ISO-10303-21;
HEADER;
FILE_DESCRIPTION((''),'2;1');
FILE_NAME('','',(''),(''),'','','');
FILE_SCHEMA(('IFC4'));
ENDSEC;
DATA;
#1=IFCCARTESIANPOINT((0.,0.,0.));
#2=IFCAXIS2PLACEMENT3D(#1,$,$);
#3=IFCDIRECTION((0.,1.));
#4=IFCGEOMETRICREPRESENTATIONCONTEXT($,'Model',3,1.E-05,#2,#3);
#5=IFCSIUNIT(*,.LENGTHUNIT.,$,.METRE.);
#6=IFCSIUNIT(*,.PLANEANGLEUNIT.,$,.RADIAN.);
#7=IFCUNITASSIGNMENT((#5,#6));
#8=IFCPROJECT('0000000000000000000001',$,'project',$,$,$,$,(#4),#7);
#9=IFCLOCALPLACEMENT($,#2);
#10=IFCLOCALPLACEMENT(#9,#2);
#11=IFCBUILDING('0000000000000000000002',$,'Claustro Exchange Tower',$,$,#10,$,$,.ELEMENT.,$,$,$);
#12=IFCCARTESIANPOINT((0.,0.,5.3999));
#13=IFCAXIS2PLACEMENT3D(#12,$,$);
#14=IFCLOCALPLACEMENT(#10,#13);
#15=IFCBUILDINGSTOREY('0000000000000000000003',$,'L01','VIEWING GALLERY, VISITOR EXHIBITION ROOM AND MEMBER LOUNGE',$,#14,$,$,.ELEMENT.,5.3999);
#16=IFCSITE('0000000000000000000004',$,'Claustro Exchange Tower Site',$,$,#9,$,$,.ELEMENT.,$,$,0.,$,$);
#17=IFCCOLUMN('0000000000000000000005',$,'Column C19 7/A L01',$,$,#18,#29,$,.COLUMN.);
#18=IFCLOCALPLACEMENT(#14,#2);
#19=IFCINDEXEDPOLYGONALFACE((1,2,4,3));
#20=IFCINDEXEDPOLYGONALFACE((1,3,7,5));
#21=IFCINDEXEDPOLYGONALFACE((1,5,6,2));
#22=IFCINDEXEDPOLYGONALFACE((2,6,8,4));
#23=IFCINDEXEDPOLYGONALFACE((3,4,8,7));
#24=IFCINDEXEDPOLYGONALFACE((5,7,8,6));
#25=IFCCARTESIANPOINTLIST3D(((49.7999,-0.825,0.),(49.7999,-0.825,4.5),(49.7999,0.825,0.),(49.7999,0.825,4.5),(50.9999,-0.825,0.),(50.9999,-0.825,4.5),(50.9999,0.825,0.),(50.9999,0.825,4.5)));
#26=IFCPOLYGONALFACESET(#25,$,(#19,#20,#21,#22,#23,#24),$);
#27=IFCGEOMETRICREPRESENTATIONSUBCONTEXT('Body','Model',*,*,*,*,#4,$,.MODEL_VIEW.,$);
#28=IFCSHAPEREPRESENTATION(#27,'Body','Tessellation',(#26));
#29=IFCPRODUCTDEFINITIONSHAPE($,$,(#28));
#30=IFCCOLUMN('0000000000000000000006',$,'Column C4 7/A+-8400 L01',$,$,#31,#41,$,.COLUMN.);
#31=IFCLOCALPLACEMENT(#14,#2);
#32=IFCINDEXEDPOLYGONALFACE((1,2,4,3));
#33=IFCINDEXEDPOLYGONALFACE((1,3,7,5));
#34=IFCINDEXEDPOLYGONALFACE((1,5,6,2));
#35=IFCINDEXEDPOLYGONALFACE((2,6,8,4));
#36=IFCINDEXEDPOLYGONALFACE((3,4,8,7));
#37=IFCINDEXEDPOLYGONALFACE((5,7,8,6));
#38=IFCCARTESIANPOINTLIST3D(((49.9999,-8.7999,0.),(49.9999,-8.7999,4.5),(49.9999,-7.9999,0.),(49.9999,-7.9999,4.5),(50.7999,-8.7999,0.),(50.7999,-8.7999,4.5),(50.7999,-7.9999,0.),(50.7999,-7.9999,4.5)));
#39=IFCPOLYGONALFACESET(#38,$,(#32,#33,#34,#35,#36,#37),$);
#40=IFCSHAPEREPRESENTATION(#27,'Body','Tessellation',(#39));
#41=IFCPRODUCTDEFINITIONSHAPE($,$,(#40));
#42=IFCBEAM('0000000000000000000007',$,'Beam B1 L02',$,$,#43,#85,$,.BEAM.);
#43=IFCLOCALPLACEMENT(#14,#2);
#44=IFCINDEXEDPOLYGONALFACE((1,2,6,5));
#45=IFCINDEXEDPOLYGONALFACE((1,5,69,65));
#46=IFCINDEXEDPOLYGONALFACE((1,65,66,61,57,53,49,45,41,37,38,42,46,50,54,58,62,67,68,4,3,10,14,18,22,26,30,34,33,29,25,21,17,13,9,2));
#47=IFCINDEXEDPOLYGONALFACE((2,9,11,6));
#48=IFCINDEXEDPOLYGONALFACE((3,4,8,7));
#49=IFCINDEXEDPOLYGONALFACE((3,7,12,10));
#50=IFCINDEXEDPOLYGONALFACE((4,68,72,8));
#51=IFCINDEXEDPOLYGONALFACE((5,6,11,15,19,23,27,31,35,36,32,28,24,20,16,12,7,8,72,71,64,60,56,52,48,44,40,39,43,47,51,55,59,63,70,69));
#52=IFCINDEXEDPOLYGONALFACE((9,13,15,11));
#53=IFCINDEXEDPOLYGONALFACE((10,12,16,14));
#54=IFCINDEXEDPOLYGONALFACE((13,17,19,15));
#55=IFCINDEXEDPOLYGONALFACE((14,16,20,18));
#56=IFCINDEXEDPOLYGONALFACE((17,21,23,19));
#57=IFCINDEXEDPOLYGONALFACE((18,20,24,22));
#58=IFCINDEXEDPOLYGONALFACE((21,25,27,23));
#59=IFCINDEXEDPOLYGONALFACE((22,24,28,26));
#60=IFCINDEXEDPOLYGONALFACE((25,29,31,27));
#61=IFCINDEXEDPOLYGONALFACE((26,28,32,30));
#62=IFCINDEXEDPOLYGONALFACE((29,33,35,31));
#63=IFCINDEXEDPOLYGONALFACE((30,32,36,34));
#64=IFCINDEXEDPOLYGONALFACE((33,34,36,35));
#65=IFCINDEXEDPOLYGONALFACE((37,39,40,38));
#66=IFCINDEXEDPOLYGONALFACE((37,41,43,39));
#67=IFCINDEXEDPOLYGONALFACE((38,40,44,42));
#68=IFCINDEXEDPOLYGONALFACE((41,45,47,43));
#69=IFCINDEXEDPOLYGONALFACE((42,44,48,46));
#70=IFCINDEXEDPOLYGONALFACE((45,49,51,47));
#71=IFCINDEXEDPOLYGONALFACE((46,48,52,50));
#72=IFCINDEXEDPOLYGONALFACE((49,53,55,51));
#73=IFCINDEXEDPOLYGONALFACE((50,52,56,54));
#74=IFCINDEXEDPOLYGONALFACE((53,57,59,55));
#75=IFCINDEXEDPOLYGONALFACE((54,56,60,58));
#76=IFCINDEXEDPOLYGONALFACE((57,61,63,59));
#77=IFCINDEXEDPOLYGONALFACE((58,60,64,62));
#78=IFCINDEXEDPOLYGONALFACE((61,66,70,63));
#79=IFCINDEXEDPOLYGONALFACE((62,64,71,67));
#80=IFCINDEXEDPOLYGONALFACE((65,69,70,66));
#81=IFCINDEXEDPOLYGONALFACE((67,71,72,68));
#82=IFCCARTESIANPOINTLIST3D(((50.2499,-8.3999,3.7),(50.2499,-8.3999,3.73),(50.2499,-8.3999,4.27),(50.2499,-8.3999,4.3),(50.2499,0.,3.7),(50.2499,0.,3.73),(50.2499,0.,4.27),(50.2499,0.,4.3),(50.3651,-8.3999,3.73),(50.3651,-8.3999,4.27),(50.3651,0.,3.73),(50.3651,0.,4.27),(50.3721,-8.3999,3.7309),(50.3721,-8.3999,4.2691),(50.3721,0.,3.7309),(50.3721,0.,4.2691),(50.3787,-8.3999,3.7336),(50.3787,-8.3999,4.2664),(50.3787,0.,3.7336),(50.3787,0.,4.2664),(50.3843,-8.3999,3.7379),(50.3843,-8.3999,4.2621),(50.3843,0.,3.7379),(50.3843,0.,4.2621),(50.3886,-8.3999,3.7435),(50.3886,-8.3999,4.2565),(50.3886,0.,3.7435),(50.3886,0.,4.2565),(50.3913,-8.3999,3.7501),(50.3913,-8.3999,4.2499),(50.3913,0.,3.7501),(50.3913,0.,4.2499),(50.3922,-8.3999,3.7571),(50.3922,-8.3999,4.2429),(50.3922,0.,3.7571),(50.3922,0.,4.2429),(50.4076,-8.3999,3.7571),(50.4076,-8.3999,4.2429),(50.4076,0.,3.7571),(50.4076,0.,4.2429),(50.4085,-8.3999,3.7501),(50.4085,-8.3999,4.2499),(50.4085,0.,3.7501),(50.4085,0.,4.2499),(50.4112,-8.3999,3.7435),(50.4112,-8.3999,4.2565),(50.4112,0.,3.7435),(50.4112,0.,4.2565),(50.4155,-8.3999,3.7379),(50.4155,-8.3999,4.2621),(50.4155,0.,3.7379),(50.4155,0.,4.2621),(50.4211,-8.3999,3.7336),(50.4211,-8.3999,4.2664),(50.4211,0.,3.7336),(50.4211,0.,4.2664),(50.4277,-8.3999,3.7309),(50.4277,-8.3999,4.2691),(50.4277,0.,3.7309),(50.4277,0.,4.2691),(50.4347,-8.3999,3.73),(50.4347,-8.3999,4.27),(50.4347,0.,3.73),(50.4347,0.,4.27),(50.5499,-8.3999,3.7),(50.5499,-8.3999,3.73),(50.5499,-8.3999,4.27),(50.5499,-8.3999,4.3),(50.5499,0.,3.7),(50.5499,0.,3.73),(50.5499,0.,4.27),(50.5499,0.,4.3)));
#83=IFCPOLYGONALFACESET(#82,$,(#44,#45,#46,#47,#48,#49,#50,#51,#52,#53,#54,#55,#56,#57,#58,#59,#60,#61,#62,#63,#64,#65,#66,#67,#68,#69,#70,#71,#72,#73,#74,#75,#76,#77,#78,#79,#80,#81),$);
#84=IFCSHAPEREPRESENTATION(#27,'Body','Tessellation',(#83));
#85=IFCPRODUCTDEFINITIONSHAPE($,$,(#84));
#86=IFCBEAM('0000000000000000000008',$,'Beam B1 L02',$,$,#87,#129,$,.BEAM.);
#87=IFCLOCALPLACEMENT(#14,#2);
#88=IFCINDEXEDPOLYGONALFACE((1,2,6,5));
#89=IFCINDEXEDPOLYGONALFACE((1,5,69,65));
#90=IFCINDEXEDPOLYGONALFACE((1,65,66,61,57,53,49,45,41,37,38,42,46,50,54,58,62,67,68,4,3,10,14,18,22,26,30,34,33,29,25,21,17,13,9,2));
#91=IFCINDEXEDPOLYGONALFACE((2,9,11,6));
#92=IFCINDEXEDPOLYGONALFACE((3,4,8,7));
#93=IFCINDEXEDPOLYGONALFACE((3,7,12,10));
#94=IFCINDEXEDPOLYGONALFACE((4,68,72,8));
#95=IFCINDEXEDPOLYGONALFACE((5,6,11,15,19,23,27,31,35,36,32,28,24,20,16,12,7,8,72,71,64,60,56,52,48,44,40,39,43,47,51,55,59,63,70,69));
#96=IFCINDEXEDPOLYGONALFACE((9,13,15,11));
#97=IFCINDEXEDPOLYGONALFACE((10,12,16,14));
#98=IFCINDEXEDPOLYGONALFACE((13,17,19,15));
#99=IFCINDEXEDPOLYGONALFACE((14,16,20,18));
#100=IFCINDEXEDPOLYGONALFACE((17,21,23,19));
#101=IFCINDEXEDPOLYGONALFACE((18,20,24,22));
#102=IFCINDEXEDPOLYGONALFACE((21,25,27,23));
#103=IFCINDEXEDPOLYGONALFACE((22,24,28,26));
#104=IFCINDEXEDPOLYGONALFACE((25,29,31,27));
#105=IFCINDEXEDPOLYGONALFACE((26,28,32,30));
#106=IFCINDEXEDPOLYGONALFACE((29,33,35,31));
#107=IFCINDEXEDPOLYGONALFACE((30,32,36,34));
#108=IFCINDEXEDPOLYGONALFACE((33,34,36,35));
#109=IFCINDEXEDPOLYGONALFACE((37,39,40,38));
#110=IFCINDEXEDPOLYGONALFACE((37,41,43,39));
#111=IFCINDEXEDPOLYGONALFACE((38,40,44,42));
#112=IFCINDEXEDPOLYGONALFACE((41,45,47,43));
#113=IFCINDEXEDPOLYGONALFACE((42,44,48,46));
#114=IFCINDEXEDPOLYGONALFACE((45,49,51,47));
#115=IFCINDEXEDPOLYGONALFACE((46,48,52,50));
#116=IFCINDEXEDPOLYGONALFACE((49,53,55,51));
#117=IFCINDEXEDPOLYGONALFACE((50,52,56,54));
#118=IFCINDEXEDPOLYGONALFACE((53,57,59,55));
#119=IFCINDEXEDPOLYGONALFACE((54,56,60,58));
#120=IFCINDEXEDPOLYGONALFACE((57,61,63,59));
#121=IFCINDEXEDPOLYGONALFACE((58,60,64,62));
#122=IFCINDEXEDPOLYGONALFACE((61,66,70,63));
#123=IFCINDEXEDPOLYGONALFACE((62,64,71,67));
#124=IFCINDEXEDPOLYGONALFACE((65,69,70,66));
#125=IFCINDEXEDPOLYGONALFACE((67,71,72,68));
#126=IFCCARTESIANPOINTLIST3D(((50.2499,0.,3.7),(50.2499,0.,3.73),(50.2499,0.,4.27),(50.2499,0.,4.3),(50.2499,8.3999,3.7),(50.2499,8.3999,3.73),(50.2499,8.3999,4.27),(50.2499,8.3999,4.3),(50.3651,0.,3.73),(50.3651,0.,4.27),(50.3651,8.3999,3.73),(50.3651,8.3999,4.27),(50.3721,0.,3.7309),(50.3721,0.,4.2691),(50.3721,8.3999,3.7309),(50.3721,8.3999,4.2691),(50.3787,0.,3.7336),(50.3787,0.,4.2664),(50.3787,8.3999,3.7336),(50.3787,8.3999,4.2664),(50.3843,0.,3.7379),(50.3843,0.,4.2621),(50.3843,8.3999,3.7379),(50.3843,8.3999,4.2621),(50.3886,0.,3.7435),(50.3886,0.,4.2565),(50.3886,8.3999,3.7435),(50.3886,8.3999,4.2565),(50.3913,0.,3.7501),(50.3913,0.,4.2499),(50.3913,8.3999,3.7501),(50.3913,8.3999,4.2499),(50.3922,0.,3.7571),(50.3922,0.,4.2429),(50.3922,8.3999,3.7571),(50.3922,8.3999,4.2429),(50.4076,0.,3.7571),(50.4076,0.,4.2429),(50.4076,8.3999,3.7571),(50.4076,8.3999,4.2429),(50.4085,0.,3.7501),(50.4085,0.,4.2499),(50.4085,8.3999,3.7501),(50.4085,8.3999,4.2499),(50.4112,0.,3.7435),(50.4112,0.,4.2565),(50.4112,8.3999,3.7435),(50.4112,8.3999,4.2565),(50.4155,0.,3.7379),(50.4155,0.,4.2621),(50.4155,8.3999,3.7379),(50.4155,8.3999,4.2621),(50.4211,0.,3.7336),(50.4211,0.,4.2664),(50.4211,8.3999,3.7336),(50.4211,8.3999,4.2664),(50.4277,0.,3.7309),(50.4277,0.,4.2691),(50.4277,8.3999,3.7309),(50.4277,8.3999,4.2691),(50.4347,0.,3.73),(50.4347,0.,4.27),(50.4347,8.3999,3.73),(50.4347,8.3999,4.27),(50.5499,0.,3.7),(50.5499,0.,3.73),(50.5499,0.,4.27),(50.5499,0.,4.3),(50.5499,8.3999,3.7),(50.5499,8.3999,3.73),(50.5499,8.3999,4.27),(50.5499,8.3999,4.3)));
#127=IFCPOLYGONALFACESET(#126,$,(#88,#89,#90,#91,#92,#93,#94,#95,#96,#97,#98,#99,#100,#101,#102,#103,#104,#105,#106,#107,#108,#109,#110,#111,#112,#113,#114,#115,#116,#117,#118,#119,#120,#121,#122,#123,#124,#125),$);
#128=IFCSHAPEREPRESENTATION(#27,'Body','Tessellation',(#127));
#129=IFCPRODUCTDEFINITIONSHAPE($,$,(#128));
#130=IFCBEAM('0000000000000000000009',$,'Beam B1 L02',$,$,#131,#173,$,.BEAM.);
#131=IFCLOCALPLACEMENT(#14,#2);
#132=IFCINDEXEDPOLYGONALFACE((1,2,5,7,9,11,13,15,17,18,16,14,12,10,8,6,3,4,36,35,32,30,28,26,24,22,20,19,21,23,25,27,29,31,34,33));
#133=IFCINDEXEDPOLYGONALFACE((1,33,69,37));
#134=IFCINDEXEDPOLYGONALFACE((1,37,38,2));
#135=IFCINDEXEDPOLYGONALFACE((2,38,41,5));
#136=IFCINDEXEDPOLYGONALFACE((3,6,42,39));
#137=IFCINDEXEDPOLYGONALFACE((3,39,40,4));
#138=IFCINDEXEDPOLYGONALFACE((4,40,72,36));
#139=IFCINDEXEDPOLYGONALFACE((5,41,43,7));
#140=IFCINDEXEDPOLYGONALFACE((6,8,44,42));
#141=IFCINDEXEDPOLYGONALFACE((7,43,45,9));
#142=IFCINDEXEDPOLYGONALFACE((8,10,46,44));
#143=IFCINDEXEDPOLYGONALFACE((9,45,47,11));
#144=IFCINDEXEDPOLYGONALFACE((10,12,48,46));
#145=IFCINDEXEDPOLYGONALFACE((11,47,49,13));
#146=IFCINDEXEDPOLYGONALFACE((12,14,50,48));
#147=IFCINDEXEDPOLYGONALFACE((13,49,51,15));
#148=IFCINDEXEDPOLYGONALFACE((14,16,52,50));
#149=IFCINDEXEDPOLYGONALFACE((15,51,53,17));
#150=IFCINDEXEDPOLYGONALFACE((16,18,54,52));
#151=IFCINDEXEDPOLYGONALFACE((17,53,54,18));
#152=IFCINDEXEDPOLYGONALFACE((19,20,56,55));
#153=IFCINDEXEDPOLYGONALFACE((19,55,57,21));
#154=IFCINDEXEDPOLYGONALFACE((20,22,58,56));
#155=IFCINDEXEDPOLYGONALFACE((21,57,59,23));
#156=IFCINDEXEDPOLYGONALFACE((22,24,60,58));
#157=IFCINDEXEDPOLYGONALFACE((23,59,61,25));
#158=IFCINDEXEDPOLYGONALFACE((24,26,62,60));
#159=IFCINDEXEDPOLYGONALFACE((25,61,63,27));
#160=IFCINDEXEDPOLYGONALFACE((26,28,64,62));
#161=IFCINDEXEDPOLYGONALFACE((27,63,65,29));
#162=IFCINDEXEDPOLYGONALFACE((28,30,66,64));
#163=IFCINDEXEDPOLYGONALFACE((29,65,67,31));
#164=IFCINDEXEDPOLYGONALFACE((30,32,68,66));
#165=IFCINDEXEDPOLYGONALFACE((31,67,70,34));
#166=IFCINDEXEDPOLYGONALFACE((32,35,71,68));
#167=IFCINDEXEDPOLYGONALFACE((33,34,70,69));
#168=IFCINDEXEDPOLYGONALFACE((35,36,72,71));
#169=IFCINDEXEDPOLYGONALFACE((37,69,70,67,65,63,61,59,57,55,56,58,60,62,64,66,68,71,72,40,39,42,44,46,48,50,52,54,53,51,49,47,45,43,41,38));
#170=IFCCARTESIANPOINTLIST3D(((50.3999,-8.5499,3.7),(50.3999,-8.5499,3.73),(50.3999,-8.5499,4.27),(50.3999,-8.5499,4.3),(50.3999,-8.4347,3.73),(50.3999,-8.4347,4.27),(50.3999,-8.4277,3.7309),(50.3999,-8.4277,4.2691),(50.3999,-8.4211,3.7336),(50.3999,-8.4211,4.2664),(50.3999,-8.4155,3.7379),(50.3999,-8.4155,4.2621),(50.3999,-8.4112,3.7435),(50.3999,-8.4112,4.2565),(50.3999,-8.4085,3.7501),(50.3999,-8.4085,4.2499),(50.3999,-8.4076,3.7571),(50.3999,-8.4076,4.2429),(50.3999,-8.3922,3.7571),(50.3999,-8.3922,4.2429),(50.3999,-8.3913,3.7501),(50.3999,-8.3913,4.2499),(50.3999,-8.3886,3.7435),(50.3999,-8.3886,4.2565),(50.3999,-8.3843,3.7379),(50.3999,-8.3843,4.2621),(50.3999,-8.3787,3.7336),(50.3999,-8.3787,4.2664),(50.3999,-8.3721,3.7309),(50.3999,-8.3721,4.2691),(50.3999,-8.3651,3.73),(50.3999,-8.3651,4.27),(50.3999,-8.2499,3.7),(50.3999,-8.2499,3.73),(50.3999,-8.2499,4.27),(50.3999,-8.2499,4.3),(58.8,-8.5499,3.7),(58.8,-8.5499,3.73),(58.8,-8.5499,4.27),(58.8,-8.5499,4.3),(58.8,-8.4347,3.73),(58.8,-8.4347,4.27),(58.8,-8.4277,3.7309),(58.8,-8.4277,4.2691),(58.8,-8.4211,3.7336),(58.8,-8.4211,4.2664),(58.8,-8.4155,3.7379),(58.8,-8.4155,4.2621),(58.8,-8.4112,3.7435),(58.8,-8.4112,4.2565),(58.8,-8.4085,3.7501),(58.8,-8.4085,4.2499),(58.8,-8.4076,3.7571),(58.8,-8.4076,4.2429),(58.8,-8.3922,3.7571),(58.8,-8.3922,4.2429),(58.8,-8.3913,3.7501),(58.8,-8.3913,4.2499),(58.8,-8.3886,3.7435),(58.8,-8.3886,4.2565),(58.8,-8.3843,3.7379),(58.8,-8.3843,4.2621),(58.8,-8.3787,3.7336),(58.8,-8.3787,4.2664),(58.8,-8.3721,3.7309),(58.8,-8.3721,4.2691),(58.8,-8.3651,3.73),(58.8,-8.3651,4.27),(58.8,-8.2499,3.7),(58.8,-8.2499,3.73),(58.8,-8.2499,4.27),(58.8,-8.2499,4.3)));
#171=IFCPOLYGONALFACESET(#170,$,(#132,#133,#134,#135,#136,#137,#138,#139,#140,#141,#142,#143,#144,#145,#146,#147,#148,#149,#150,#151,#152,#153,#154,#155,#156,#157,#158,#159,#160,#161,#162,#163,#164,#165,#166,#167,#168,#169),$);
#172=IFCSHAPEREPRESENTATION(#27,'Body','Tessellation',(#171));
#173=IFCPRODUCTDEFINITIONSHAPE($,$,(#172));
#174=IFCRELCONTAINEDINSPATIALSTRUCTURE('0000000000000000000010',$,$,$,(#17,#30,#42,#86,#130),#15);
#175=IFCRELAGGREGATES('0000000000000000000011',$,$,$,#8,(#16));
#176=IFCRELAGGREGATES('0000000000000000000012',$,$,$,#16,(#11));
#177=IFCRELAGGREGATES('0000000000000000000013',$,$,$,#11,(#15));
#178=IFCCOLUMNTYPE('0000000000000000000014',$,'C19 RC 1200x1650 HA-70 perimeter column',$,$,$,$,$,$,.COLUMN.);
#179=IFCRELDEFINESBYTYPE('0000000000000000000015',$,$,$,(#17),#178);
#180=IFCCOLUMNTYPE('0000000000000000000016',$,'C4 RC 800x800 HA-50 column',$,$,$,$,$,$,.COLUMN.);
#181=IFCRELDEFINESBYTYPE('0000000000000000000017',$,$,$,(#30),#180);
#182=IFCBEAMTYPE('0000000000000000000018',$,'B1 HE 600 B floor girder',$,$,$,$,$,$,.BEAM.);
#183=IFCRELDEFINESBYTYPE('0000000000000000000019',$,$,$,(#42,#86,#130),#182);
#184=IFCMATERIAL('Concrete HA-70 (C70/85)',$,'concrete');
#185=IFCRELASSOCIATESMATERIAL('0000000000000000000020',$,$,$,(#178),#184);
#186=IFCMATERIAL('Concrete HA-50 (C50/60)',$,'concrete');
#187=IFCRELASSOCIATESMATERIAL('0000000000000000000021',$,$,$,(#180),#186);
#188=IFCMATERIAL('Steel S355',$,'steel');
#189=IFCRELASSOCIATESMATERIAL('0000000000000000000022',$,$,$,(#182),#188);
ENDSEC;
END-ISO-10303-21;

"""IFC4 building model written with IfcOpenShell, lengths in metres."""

from ifc_helpers import new_model, si_unit, direction, frame, origin, origin_2d, place, context, subcontext, project, spatial, rectangle, i_section, extrude, material, material_profile, profile_set, type_object, element, save


model = new_model("IFC4")

# Units and contexts
model_context = context("Model", 3, precision=1e-05, world=origin(), true_north=direction((0.0, 1.0)))
body_context = subcontext(model_context, "Body", "Model", "MODEL_VIEW")
ifc_project = project(units=[si_unit("LENGTHUNIT", "METRE"), si_unit("PLANEANGLEUNIT", "RADIAN")], contexts=[model_context])

# Site, building, storey
site_placement = place(None, origin())
site = spatial("IfcSite", under=ifc_project, at=site_placement, Name="Claustro Exchange Tower Site", CompositionType="ELEMENT", RefElevation=0.0)
building_placement = place(site_placement, origin())
building = spatial("IfcBuilding", under=site, at=building_placement, Name="Claustro Exchange Tower", CompositionType="ELEMENT")
storey_placement = place(building_placement, frame((0.0, 0.0, 5.3999)))
storey = spatial("IfcBuildingStorey", under=building, at=storey_placement, Name="L01", Description="VIEWING GALLERY, VISITOR EXHIBITION ROOM AND MEMBER LOUNGE", CompositionType="ELEMENT", Elevation=5.3999)

# Columns
ifc_material_1 = material(Name="Concrete HA-70 (C70/85)", Category="concrete")
ifc_material_profile_1 = material_profile(ifc_material_1, rectangle(XDim=1.2, YDim=1.6499, at=origin_2d()), Name="RC 1200x1650")
ifc_profile_set_1 = profile_set([ifc_material_profile_1], Name="Concrete HA-70 (C70/85)")
column_type_1 = type_object("IfcColumnType", Name="C19 RC 1200x1650 HA-70 perimeter column", PredefinedType="COLUMN", material=ifc_profile_set_1)
column_1_placement = place(storey_placement, frame((50.3999, 0.0, 0.0), z_axis=(0.0, 0.0, 1.0), x_axis=(1.0, 0.0, 0.0)))
element("IfcColumn", 1, at=column_1_placement, inside=storey, type_object=column_type_1, Name="Column C19 7/A L01", PredefinedType="COLUMN", context=body_context, shape_type="SweptSolid", body=[
    extrude(rectangle(XDim=1.2, YDim=1.6499, at=origin_2d()), origin(), (0.0, 0.0, 1.0), 4.5),
])
ifc_material_2 = material(Name="Concrete HA-50 (C50/60)", Category="concrete")
ifc_material_profile_2 = material_profile(ifc_material_2, rectangle(XDim=0.8, YDim=0.8, at=origin_2d()), Name="RC 800x800")
ifc_profile_set_2 = profile_set([ifc_material_profile_2], Name="Concrete HA-50 (C50/60)")
column_type_2 = type_object("IfcColumnType", Name="C4 RC 800x800 HA-50 column", PredefinedType="COLUMN", material=ifc_profile_set_2)
column_2_placement = place(storey_placement, frame((50.3999, -8.3999, 0.0), z_axis=(0.0, 0.0, 1.0), x_axis=(1.0, 0.0, 0.0)))
element("IfcColumn", 2, at=column_2_placement, inside=storey, type_object=column_type_2, Name="Column C4 7/A+-8400 L01", PredefinedType="COLUMN", context=body_context, shape_type="SweptSolid", body=[
    extrude(rectangle(XDim=0.8, YDim=0.8, at=origin_2d()), origin(), (0.0, 0.0, 1.0), 4.5),
])

# Beams
ifc_material_3 = material(Name="Steel S355", Category="steel")
ifc_material_profile_3 = material_profile(ifc_material_3, i_section(OverallWidth=0.3, OverallDepth=0.6001, WebThickness=0.0154, FlangeThickness=0.03, FilletRadius=0.0271, at=origin_2d()), Name="HE 600 B")
ifc_profile_set_3 = profile_set([ifc_material_profile_3], Name="Steel S355")
beam_type_1 = type_object("IfcBeamType", Name="B1 HE 600 B floor girder", PredefinedType="BEAM", material=ifc_profile_set_3)
for number, where, z_axis, x_axis, name in (
    (3, (50.3999, -8.3999, 4.0), (0.0, 1.0, 0.0), (-1.0, 0.0, 0.0), "Beam B1 L02"),
    (4, (50.3999, 0.0, 4.0), (0.0, 1.0, 0.0), (-1.0, 0.0, 0.0), "Beam B1 L02"),
):
    element("IfcBeam", number, at=place(storey_placement, frame(where, z_axis=z_axis, x_axis=x_axis)), inside=storey, type_object=beam_type_1, Name=name, PredefinedType="BEAM", context=body_context, shape_type="SweptSolid", body=[
        extrude(i_section(OverallWidth=0.3, OverallDepth=0.6001, WebThickness=0.0154, FlangeThickness=0.03, FilletRadius=0.0271, at=origin_2d()), origin(), (0.0, 0.0, 1.0), 8.3999),
    ])
for number, where, z_axis, x_axis, name in (
    (5, (50.3999, -8.3999, 4.0), (1.0, 0.0, 0.0), (0.0, 1.0, 0.0), "Beam B1 L02"),
):
    element("IfcBeam", number, at=place(storey_placement, frame(where, z_axis=z_axis, x_axis=x_axis)), inside=storey, type_object=beam_type_1, Name=name, PredefinedType="BEAM", context=body_context, shape_type="SweptSolid", body=[
        extrude(i_section(OverallWidth=0.3, OverallDepth=0.6001, WebThickness=0.0154, FlangeThickness=0.03, FilletRadius=0.0271, at=origin_2d()), origin(), (0.0, 0.0, 1.0), 8.4001),
    ])

save(model, "model.ifc")
